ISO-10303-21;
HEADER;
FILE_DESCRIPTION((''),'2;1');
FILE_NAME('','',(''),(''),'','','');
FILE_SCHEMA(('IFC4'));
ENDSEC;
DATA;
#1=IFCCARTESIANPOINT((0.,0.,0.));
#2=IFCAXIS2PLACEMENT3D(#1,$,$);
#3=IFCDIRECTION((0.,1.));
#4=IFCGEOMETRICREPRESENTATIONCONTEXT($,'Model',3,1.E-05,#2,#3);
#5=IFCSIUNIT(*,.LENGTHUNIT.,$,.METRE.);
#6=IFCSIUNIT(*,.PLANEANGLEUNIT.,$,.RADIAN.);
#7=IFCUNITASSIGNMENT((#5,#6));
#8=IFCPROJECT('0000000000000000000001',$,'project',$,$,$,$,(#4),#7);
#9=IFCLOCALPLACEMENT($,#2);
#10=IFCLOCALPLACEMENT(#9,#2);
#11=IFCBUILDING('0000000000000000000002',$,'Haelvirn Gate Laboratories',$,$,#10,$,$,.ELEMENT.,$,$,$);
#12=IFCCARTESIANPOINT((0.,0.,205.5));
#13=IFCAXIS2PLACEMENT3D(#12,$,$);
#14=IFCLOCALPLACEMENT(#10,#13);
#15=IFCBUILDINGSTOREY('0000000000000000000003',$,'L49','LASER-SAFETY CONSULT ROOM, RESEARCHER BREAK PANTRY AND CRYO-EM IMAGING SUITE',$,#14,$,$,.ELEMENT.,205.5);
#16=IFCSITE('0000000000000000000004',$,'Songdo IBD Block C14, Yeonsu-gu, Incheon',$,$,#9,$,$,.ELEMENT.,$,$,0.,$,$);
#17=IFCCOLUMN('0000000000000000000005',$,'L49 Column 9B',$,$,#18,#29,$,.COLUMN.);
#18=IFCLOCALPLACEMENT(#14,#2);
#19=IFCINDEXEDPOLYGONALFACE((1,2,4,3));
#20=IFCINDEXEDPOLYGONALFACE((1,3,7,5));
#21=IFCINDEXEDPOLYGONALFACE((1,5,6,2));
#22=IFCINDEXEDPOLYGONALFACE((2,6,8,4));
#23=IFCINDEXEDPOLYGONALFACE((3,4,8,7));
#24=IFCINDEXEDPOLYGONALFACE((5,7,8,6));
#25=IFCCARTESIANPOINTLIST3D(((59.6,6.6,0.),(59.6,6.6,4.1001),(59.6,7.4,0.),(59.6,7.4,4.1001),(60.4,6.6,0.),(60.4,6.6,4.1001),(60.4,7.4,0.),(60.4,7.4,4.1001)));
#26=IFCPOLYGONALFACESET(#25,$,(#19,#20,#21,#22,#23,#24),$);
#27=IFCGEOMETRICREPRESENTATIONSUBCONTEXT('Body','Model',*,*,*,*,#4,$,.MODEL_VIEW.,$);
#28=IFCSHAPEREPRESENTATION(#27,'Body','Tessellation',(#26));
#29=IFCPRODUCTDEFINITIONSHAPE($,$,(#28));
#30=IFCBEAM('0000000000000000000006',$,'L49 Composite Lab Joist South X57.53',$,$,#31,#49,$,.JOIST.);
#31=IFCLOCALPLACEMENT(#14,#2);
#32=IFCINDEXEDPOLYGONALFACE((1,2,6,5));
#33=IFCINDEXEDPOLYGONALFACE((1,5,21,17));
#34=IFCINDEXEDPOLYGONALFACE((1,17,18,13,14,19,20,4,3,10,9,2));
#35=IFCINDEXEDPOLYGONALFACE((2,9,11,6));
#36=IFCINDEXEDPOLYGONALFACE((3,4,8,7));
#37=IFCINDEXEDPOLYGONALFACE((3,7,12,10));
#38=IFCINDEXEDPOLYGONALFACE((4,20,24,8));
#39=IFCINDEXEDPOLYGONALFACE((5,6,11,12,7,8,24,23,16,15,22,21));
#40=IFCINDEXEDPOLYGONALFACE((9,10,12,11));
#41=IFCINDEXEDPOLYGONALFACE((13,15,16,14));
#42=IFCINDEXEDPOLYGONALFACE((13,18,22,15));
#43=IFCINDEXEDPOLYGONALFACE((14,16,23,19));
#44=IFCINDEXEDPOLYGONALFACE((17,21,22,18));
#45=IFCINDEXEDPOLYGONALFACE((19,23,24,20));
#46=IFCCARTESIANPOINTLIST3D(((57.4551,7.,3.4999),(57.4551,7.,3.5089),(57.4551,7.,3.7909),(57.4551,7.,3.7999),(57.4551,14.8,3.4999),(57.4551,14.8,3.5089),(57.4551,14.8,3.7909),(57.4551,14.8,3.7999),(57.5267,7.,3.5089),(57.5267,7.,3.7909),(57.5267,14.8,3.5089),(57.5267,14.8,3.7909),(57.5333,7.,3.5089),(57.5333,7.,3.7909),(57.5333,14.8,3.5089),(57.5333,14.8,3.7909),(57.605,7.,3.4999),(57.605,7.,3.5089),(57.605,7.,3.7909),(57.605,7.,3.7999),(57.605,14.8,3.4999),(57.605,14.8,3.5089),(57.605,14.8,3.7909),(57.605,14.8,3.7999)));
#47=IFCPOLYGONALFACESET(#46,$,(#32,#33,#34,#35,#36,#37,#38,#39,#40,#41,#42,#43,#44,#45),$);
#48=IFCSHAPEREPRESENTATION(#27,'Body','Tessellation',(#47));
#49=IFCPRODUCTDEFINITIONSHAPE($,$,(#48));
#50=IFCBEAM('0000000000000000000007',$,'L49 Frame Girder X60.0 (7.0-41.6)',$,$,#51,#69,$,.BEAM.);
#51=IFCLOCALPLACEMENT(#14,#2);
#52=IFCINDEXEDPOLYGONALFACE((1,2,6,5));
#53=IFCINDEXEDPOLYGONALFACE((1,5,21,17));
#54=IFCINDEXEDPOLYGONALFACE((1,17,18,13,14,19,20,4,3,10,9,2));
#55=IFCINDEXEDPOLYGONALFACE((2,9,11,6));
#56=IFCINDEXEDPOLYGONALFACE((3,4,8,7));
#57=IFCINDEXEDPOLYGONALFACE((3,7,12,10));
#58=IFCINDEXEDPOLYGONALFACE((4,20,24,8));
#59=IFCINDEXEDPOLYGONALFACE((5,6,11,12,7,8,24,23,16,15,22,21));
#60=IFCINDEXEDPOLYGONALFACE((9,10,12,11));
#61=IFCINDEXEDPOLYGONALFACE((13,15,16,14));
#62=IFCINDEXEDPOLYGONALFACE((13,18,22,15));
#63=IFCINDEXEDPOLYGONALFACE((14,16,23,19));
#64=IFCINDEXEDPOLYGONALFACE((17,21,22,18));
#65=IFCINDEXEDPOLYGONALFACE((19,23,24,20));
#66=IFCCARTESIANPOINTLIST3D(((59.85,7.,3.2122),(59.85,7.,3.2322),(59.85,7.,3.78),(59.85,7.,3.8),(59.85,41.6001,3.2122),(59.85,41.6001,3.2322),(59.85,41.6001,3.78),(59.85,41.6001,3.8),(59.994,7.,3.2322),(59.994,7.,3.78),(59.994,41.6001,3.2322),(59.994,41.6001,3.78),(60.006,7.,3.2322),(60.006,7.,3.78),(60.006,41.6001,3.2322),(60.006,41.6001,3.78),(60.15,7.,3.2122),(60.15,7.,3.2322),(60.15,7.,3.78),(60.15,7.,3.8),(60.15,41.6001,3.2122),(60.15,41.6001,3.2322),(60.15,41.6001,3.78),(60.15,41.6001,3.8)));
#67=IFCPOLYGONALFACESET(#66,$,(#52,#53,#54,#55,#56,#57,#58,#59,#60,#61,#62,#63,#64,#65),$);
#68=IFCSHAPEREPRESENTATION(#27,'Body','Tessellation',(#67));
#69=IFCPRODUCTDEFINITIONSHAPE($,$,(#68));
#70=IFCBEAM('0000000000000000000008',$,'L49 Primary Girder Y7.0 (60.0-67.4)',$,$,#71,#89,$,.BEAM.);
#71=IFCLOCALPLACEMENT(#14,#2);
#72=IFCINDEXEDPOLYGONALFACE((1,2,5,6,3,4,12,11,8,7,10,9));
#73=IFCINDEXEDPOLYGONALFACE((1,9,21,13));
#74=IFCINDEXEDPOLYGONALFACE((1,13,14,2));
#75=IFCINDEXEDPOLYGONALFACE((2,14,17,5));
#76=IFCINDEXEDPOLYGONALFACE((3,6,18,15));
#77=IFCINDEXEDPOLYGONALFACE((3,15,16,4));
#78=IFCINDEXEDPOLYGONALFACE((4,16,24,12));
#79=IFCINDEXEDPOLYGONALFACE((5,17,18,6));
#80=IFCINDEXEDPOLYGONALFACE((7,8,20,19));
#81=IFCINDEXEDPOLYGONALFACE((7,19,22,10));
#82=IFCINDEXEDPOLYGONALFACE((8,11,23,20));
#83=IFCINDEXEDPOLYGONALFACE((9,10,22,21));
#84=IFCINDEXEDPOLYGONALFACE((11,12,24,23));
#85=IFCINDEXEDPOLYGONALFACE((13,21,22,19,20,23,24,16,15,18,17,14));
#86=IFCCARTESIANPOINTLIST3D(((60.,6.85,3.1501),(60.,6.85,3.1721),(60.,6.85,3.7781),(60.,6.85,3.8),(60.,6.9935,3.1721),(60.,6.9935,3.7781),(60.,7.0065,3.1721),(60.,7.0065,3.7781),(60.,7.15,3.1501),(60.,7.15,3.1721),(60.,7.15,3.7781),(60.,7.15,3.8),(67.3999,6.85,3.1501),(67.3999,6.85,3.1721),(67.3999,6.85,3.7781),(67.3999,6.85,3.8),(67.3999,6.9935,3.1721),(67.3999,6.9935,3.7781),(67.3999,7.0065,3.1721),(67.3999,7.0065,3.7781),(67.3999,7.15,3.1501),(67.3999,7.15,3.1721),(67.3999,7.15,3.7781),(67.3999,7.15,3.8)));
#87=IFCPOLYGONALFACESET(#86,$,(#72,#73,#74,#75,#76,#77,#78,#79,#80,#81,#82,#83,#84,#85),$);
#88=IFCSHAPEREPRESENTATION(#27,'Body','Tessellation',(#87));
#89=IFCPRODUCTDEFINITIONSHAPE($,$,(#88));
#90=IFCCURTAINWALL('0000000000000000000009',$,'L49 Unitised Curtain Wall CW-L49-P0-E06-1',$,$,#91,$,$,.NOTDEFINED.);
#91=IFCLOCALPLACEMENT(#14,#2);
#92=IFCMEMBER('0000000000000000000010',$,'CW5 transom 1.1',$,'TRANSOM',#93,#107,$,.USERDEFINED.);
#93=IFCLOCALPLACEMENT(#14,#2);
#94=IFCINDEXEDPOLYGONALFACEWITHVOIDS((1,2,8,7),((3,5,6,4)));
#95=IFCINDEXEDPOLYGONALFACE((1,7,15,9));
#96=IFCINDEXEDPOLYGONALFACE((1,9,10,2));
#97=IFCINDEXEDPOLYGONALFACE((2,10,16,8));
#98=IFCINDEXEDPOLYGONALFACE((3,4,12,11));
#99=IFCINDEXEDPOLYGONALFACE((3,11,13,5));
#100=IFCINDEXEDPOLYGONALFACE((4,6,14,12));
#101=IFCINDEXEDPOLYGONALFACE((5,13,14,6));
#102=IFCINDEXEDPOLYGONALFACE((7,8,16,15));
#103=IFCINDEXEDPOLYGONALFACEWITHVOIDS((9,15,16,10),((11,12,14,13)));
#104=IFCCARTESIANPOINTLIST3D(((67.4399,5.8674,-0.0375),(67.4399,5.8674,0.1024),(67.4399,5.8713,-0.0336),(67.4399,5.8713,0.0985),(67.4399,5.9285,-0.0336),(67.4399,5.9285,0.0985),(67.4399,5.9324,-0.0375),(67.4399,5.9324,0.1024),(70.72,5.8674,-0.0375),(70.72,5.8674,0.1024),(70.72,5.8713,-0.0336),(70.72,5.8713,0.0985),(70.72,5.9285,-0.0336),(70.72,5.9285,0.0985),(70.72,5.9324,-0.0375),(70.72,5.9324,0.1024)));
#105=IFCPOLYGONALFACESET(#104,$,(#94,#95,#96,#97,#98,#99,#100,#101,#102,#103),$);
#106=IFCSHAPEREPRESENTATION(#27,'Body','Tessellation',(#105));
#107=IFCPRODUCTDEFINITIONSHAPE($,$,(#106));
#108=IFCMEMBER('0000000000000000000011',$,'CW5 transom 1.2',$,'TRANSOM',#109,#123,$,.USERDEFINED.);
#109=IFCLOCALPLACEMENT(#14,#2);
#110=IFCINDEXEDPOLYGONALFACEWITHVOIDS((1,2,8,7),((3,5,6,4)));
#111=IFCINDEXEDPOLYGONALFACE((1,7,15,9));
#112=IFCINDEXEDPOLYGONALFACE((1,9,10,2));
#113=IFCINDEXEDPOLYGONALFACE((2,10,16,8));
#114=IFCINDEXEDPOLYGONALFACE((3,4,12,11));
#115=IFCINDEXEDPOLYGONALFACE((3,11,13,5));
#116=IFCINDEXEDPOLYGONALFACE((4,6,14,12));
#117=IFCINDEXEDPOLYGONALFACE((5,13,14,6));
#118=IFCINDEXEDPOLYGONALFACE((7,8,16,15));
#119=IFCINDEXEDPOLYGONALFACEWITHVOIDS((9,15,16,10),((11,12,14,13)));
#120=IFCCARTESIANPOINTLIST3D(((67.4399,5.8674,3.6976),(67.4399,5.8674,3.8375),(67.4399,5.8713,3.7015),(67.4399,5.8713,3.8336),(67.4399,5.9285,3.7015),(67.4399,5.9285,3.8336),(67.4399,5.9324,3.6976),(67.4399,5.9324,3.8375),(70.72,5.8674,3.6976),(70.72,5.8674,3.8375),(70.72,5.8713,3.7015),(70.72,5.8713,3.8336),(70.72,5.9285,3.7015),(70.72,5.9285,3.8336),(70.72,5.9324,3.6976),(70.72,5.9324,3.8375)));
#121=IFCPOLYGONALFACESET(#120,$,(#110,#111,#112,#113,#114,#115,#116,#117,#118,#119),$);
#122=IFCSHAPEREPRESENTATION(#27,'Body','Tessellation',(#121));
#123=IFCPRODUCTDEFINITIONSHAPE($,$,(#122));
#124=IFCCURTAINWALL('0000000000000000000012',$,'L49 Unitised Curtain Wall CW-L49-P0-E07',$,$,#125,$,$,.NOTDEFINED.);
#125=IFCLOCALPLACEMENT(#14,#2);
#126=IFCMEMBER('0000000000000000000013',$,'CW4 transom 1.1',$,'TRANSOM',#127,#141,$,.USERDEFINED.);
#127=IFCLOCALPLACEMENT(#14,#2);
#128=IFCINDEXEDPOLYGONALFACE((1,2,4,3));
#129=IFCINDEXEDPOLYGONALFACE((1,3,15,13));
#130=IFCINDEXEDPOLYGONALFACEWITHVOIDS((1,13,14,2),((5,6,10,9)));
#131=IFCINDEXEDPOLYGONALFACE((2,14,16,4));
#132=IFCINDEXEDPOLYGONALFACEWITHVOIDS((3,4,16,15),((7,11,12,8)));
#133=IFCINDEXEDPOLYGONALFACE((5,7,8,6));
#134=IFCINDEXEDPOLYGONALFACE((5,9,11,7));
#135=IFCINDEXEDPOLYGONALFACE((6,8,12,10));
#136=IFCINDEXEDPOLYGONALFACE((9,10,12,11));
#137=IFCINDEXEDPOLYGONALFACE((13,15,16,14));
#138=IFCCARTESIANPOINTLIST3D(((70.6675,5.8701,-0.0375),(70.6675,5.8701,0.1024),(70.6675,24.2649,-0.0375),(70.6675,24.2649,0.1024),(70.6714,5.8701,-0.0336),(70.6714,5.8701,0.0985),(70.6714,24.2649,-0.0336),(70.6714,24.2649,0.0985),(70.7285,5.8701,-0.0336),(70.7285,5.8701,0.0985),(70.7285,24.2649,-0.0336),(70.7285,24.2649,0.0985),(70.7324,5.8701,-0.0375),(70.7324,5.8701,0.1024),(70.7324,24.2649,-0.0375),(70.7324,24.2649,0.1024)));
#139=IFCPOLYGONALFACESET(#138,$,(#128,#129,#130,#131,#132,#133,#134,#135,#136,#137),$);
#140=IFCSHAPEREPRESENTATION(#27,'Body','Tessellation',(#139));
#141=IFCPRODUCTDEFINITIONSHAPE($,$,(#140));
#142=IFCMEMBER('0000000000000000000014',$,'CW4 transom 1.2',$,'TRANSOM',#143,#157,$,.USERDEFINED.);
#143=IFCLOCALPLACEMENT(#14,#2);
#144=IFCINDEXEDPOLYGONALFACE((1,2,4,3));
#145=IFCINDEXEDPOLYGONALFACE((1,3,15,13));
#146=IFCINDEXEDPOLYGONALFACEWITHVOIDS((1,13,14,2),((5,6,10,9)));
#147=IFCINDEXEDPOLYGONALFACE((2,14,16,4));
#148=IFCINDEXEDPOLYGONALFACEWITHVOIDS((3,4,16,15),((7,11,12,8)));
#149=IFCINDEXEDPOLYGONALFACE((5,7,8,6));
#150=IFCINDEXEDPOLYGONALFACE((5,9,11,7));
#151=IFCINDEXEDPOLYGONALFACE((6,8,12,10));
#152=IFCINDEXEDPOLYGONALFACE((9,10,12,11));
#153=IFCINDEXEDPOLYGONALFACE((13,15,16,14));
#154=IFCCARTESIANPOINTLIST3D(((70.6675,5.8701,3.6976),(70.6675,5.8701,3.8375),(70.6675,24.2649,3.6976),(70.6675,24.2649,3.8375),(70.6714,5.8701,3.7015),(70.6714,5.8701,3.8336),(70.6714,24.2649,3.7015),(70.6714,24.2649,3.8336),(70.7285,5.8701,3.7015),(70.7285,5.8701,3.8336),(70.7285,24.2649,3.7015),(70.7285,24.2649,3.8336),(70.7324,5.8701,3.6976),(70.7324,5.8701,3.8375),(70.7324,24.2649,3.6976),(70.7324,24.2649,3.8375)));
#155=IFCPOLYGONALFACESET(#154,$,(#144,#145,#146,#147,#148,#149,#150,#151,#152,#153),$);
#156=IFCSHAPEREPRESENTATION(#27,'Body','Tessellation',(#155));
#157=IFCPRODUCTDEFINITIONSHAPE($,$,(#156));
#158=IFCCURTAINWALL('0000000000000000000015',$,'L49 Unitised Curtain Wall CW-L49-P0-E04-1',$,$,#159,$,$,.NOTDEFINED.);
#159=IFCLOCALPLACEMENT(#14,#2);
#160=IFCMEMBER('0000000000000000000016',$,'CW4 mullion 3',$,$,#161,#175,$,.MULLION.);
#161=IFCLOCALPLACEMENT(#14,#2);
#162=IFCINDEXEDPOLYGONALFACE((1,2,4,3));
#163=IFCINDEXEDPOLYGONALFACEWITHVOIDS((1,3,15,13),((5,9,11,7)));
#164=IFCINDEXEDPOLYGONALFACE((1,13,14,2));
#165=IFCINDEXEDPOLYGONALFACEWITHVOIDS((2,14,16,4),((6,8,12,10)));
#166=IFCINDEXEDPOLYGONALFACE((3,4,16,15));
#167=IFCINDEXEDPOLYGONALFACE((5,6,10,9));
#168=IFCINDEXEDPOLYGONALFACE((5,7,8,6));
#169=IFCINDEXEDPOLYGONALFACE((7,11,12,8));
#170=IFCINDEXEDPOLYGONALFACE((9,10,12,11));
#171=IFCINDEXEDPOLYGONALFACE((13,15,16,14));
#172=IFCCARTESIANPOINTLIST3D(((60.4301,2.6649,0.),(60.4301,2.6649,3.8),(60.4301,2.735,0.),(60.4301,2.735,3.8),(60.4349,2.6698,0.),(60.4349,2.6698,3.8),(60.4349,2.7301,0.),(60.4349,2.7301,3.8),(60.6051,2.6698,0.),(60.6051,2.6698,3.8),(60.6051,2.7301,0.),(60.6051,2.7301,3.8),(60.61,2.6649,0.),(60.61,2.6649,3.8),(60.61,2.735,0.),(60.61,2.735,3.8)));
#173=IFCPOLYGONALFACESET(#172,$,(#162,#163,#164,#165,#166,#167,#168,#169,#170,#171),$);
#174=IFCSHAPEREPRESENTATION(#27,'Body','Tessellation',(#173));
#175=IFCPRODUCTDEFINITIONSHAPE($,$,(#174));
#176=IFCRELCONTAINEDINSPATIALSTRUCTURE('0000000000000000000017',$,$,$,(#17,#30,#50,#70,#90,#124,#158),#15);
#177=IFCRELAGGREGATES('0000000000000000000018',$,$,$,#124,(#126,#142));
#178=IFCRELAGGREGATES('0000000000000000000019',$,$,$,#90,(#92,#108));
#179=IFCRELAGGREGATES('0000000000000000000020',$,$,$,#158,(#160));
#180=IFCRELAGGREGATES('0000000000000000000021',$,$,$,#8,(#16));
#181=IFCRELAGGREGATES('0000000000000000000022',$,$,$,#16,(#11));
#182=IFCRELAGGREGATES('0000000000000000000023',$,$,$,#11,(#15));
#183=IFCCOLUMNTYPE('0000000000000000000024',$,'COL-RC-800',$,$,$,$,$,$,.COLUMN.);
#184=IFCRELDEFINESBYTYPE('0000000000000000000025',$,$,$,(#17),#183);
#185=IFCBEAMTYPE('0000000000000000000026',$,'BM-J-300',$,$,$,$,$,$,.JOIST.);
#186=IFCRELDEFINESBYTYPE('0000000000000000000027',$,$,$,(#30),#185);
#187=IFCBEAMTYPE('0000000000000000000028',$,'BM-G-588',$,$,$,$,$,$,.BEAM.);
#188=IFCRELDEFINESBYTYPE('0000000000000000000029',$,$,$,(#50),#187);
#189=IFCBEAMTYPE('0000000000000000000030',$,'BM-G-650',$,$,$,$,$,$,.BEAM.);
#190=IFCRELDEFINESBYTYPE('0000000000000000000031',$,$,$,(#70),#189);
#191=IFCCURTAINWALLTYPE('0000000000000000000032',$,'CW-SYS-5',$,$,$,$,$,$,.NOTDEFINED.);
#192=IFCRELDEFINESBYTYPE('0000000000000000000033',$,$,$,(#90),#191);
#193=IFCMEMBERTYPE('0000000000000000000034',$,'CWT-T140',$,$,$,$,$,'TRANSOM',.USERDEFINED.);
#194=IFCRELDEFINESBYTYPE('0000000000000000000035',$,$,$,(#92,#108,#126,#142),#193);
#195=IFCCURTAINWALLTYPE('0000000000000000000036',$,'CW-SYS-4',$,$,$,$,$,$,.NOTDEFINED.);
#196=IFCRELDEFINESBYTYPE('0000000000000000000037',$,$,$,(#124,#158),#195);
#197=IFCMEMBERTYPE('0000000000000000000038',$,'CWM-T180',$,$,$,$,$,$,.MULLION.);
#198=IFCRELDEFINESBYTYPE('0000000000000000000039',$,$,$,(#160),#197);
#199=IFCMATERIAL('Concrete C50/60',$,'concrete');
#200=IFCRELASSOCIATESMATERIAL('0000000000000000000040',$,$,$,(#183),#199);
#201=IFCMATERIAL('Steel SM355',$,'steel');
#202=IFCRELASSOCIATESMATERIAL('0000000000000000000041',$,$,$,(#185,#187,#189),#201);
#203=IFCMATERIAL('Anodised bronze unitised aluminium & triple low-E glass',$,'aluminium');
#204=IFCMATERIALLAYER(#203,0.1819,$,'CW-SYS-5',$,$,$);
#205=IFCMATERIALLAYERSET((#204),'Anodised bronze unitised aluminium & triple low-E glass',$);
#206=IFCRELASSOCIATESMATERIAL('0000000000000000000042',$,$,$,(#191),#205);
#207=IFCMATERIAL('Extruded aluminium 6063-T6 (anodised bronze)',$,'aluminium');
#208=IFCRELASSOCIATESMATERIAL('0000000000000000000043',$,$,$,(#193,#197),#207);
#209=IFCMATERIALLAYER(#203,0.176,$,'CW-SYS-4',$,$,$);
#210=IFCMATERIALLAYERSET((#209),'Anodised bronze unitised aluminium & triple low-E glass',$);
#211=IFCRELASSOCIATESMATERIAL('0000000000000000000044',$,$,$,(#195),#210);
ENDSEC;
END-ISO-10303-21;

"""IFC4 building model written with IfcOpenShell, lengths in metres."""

from ifc_helpers import new_model, si_unit, direction, frame, origin, origin_2d, place, context, subcontext, project, spatial, rectangle, hollow_rectangle, i_section, extrude, source, transform, mapped, material, layer, layer_set, material_profile, profile_set, type_object, type_shapes, element, aggregate, save


model = new_model("IFC4")

# Units and contexts
model_context = context("Model", 3, precision=1e-05, world=origin(), true_north=direction((0.0, 1.0)))
body_context = subcontext(model_context, "Body", "Model", "MODEL_VIEW")
ifc_project = project(units=[si_unit("LENGTHUNIT", "METRE"), si_unit("PLANEANGLEUNIT", "RADIAN")], contexts=[model_context])

# Site, building, storey
site_placement = place(None, origin())
site = spatial("IfcSite", under=ifc_project, at=site_placement, Name="Songdo IBD Block C14, Yeonsu-gu, Incheon", CompositionType="ELEMENT", RefElevation=0.0)
building_placement = place(site_placement, origin())
building = spatial("IfcBuilding", under=site, at=building_placement, Name="Haelvirn Gate Laboratories", CompositionType="ELEMENT")
storey_placement = place(building_placement, frame((0.0, 0.0, 205.5)))
storey = spatial("IfcBuildingStorey", under=building, at=storey_placement, Name="L49", Description="LASER-SAFETY CONSULT ROOM, RESEARCHER BREAK PANTRY AND CRYO-EM IMAGING SUITE", CompositionType="ELEMENT", Elevation=205.5)

# Column
ifc_material_1 = material(Name="Concrete C50/60", Category="concrete")
ifc_material_profile_1 = material_profile(ifc_material_1, rectangle(XDim=0.8, YDim=0.8, at=origin_2d()), Name="RC-800x800")
ifc_profile_set_1 = profile_set([ifc_material_profile_1], Name="Concrete C50/60")
column_type = type_object("IfcColumnType", Name="COL-RC-800", PredefinedType="COLUMN", material=ifc_profile_set_1)
shared_shape_1 = source(origin(), body_context, "Body", "SweptSolid", [
    extrude(rectangle(XDim=0.8, YDim=0.8, at=origin_2d()), origin(), (0.0, 0.0, 1.0), 4.1001),
])
type_shapes(column_type, [shared_shape_1])
column_placement = place(storey_placement, frame((60.0, 7.0, 0.0), z_axis=(0.0, 0.0, 1.0), x_axis=(1.0, 0.0, 0.0)))
element("IfcColumn", 1, at=column_placement, inside=storey, type_object=column_type, Name="L49 Column 9B", PredefinedType="COLUMN", context=body_context, shape_type="MappedRepresentation", body=[
    mapped(shared_shape_1, transform((0.0, 0.0, 0.0), scale=1.0)),
])

# Beams
ifc_material_2 = material(Name="Steel SM355", Category="steel")
ifc_material_profile_2 = material_profile(ifc_material_2, i_section(OverallWidth=0.1499, OverallDepth=0.3, WebThickness=0.0066, FlangeThickness=0.009, at=origin_2d()), Name="H-300x150x6.5x9")
ifc_profile_set_2 = profile_set([ifc_material_profile_2], Name="Steel SM355")
beam_type_1 = type_object("IfcBeamType", Name="BM-J-300", PredefinedType="JOIST", material=ifc_profile_set_2)
shared_shape_2 = source(origin(), body_context, "Body", "SweptSolid", [
    extrude(i_section(OverallWidth=0.1499, OverallDepth=0.3, WebThickness=0.0066, FlangeThickness=0.009, at=origin_2d()), origin(), (0.0, 0.0, 1.0), 7.8),
])
type_shapes(beam_type_1, [shared_shape_2])
beam_1_placement = place(storey_placement, frame((57.53, 7.0, 3.6499), z_axis=(0.0, 1.0, 0.0), x_axis=(-1.0, 0.0, 0.0)))
element("IfcBeam", 2, at=beam_1_placement, inside=storey, type_object=beam_type_1, Name="L49 Composite Lab Joist South X57.53", PredefinedType="JOIST", context=body_context, shape_type="MappedRepresentation", body=[
    mapped(shared_shape_2, transform((0.0, 0.0, 0.0), scale=1.0)),
])
ifc_material_profile_3 = material_profile(ifc_material_2, i_section(OverallWidth=0.3, OverallDepth=0.5879, WebThickness=0.012, FlangeThickness=0.02, at=origin_2d()), Name="H-588x300x12x20")
ifc_profile_set_3 = profile_set([ifc_material_profile_3], Name="Steel SM355")
beam_type_2 = type_object("IfcBeamType", Name="BM-G-588", PredefinedType="BEAM", material=ifc_profile_set_3)
shared_shape_3 = source(origin(), body_context, "Body", "SweptSolid", [
    extrude(i_section(OverallWidth=0.3, OverallDepth=0.5879, WebThickness=0.012, FlangeThickness=0.02, at=origin_2d()), origin(), (0.0, 0.0, 1.0), 34.6001),
])
type_shapes(beam_type_2, [shared_shape_3])
beam_2_placement = place(storey_placement, frame((60.0, 7.0, 3.5061), z_axis=(0.0, 1.0, 0.0), x_axis=(-1.0, 0.0, 0.0)))
element("IfcBeam", 3, at=beam_2_placement, inside=storey, type_object=beam_type_2, Name="L49 Frame Girder X60.0 (7.0-41.6)", PredefinedType="BEAM", context=body_context, shape_type="MappedRepresentation", body=[
    mapped(shared_shape_3, transform((0.0, 0.0, 0.0), scale=1.0)),
])
ifc_material_profile_4 = material_profile(ifc_material_2, i_section(OverallWidth=0.3, OverallDepth=0.6499, WebThickness=0.0129, FlangeThickness=0.022, at=origin_2d()), Name="H-650x300x13x22")
ifc_profile_set_4 = profile_set([ifc_material_profile_4], Name="Steel SM355")
beam_type_3 = type_object("IfcBeamType", Name="BM-G-650", PredefinedType="BEAM", material=ifc_profile_set_4)
shared_shape_4 = source(origin(), body_context, "Body", "SweptSolid", [
    extrude(i_section(OverallWidth=0.3, OverallDepth=0.6499, WebThickness=0.0129, FlangeThickness=0.022, at=origin_2d()), origin(), (0.0, 0.0, 1.0), 7.3999),
])
type_shapes(beam_type_3, [shared_shape_4])
beam_3_placement = place(storey_placement, frame((60.0, 7.0, 3.4751), z_axis=(1.0, 0.0, 0.0), x_axis=(0.0, 1.0, 0.0)))
element("IfcBeam", 4, at=beam_3_placement, inside=storey, type_object=beam_type_3, Name="L49 Primary Girder Y7.0 (60.0-67.4)", PredefinedType="BEAM", context=body_context, shape_type="MappedRepresentation", body=[
    mapped(shared_shape_4, transform((0.0, 0.0, 0.0), scale=1.0)),
])

# Curtain walls, members
ifc_material_3 = material(Name="Anodised bronze unitised aluminium & triple low-E glass", Category="aluminium")
ifc_layer_1 = layer(ifc_material_3, 0.1819, Name="CW-SYS-5")
ifc_layer_set_1 = layer_set([ifc_layer_1], Name="Anodised bronze unitised aluminium & triple low-E glass")
curtain_wall_type_1 = type_object("IfcCurtainWallType", Name="CW-SYS-5", PredefinedType="NOTDEFINED", material=ifc_layer_set_1)
curtain_wall_1_placement = place(storey_placement, origin())
curtain_wall_1 = element("IfcCurtainWall", 5, at=curtain_wall_1_placement, inside=storey, type_object=curtain_wall_type_1, Name="L49 Unitised Curtain Wall CW-L49-P0-E06-1", PredefinedType="NOTDEFINED")
ifc_material_4 = material(Name="Extruded aluminium 6063-T6 (anodised bronze)", Category="aluminium")
ifc_material_profile_5 = material_profile(ifc_material_4, hollow_rectangle(XDim=0.0649, YDim=0.1399, WallThickness=0.0039, at=origin_2d()), Name="CWT-140x65x4")
ifc_profile_set_5 = profile_set([ifc_material_profile_5], Name="Extruded aluminium 6063-T6 (anodised bronze)")
member_type_1 = type_object("IfcMemberType", Name="CWT-T140", ElementType="TRANSOM", PredefinedType="USERDEFINED", material=ifc_profile_set_5)
shared_shape_5 = source(origin(), body_context, "Body", "SweptSolid", [
    extrude(hollow_rectangle(XDim=0.0649, YDim=0.1399, WallThickness=0.0039, at=origin_2d()), origin(), (0.0, 0.0, 1.0), 3.28),
])
member_1_placement = place(storey_placement, frame((67.4399, 5.8999, 0.0325), z_axis=(1.0, 0.0, 0.0), x_axis=(0.0, 1.0, 0.0)))
member_1 = element("IfcMember", 6, at=member_1_placement, type_object=member_type_1, Name="CW5 transom 1.1", ObjectType="TRANSOM", PredefinedType="USERDEFINED", context=body_context, shape_type="MappedRepresentation", body=[
    mapped(shared_shape_5, transform((0.0, 0.0, 0.0), scale=1.0)),
])
member_2_placement = place(storey_placement, frame((67.4399, 5.8999, 3.7676), z_axis=(1.0, 0.0, 0.0), x_axis=(0.0, 1.0, 0.0)))
member_2 = element("IfcMember", 7, at=member_2_placement, type_object=member_type_1, Name="CW5 transom 1.2", ObjectType="TRANSOM", PredefinedType="USERDEFINED", context=body_context, shape_type="MappedRepresentation", body=[
    mapped(shared_shape_5, transform((0.0, 0.0, 0.0), scale=1.0)),
])
ifc_layer_2 = layer(ifc_material_3, 0.176, Name="CW-SYS-4")
ifc_layer_set_2 = layer_set([ifc_layer_2], Name="Anodised bronze unitised aluminium & triple low-E glass")
curtain_wall_type_2 = type_object("IfcCurtainWallType", Name="CW-SYS-4", PredefinedType="NOTDEFINED", material=ifc_layer_set_2)
curtain_wall_2_placement = place(storey_placement, origin())
curtain_wall_2 = element("IfcCurtainWall", 8, at=curtain_wall_2_placement, inside=storey, type_object=curtain_wall_type_2, Name="L49 Unitised Curtain Wall CW-L49-P0-E07", PredefinedType="NOTDEFINED")
shared_shape_6 = source(origin(), body_context, "Body", "SweptSolid", [
    extrude(hollow_rectangle(XDim=0.0649, YDim=0.1399, WallThickness=0.0039, at=origin_2d()), origin(), (0.0, 0.0, 1.0), 18.3948),
])
member_3_placement = place(storey_placement, frame((70.7, 5.8701, 0.0325), z_axis=(0.0, 1.0, 0.0), x_axis=(-1.0, 0.0, 0.0)))
member_3 = element("IfcMember", 9, at=member_3_placement, type_object=member_type_1, Name="CW4 transom 1.1", ObjectType="TRANSOM", PredefinedType="USERDEFINED", context=body_context, shape_type="MappedRepresentation", body=[
    mapped(shared_shape_6, transform((0.0, 0.0, 0.0), scale=1.0)),
])
member_4_placement = place(storey_placement, frame((70.7, 5.8701, 3.7676), z_axis=(0.0, 1.0, 0.0), x_axis=(-1.0, 0.0, 0.0)))
member_4 = element("IfcMember", 10, at=member_4_placement, type_object=member_type_1, Name="CW4 transom 1.2", ObjectType="TRANSOM", PredefinedType="USERDEFINED", context=body_context, shape_type="MappedRepresentation", body=[
    mapped(shared_shape_6, transform((0.0, 0.0, 0.0), scale=1.0)),
])

# Curtain wall, member
curtain_wall_3_placement = place(storey_placement, origin())
curtain_wall_3 = element("IfcCurtainWall", 11, at=curtain_wall_3_placement, inside=storey, type_object=curtain_wall_type_2, Name="L49 Unitised Curtain Wall CW-L49-P0-E04-1", PredefinedType="NOTDEFINED")
ifc_material_profile_6 = material_profile(ifc_material_4, hollow_rectangle(XDim=0.0701, YDim=0.1799, WallThickness=0.0049, at=origin_2d()), Name="CWM-180x70x5")
ifc_profile_set_6 = profile_set([ifc_material_profile_6], Name="Extruded aluminium 6063-T6 (anodised bronze)")
member_type_2 = type_object("IfcMemberType", Name="CWM-T180", PredefinedType="MULLION", material=ifc_profile_set_6)
shared_shape_7 = source(origin(), body_context, "Body", "SweptSolid", [
    extrude(hollow_rectangle(XDim=0.0701, YDim=0.1799, WallThickness=0.0049, at=origin_2d()), origin(), (0.0, 0.0, 1.0), 3.8),
])
type_shapes(member_type_2, [shared_shape_7])
member_5_placement = place(storey_placement, frame((60.52, 2.7, 0.0), z_axis=(0.0, 0.0, 1.0), x_axis=(0.0, 1.0, 0.0)))
member_5 = element("IfcMember", 12, at=member_5_placement, type_object=member_type_2, Name="CW4 mullion 3", PredefinedType="MULLION", context=body_context, shape_type="MappedRepresentation", body=[
    mapped(shared_shape_7, transform((0.0, 0.0, 0.0), scale=1.0)),
])

aggregate(curtain_wall_2, [member_3, member_4])

aggregate(curtain_wall_1, [member_1, member_2])
aggregate(curtain_wall_3, [member_5])

save(model, "model.ifc")
